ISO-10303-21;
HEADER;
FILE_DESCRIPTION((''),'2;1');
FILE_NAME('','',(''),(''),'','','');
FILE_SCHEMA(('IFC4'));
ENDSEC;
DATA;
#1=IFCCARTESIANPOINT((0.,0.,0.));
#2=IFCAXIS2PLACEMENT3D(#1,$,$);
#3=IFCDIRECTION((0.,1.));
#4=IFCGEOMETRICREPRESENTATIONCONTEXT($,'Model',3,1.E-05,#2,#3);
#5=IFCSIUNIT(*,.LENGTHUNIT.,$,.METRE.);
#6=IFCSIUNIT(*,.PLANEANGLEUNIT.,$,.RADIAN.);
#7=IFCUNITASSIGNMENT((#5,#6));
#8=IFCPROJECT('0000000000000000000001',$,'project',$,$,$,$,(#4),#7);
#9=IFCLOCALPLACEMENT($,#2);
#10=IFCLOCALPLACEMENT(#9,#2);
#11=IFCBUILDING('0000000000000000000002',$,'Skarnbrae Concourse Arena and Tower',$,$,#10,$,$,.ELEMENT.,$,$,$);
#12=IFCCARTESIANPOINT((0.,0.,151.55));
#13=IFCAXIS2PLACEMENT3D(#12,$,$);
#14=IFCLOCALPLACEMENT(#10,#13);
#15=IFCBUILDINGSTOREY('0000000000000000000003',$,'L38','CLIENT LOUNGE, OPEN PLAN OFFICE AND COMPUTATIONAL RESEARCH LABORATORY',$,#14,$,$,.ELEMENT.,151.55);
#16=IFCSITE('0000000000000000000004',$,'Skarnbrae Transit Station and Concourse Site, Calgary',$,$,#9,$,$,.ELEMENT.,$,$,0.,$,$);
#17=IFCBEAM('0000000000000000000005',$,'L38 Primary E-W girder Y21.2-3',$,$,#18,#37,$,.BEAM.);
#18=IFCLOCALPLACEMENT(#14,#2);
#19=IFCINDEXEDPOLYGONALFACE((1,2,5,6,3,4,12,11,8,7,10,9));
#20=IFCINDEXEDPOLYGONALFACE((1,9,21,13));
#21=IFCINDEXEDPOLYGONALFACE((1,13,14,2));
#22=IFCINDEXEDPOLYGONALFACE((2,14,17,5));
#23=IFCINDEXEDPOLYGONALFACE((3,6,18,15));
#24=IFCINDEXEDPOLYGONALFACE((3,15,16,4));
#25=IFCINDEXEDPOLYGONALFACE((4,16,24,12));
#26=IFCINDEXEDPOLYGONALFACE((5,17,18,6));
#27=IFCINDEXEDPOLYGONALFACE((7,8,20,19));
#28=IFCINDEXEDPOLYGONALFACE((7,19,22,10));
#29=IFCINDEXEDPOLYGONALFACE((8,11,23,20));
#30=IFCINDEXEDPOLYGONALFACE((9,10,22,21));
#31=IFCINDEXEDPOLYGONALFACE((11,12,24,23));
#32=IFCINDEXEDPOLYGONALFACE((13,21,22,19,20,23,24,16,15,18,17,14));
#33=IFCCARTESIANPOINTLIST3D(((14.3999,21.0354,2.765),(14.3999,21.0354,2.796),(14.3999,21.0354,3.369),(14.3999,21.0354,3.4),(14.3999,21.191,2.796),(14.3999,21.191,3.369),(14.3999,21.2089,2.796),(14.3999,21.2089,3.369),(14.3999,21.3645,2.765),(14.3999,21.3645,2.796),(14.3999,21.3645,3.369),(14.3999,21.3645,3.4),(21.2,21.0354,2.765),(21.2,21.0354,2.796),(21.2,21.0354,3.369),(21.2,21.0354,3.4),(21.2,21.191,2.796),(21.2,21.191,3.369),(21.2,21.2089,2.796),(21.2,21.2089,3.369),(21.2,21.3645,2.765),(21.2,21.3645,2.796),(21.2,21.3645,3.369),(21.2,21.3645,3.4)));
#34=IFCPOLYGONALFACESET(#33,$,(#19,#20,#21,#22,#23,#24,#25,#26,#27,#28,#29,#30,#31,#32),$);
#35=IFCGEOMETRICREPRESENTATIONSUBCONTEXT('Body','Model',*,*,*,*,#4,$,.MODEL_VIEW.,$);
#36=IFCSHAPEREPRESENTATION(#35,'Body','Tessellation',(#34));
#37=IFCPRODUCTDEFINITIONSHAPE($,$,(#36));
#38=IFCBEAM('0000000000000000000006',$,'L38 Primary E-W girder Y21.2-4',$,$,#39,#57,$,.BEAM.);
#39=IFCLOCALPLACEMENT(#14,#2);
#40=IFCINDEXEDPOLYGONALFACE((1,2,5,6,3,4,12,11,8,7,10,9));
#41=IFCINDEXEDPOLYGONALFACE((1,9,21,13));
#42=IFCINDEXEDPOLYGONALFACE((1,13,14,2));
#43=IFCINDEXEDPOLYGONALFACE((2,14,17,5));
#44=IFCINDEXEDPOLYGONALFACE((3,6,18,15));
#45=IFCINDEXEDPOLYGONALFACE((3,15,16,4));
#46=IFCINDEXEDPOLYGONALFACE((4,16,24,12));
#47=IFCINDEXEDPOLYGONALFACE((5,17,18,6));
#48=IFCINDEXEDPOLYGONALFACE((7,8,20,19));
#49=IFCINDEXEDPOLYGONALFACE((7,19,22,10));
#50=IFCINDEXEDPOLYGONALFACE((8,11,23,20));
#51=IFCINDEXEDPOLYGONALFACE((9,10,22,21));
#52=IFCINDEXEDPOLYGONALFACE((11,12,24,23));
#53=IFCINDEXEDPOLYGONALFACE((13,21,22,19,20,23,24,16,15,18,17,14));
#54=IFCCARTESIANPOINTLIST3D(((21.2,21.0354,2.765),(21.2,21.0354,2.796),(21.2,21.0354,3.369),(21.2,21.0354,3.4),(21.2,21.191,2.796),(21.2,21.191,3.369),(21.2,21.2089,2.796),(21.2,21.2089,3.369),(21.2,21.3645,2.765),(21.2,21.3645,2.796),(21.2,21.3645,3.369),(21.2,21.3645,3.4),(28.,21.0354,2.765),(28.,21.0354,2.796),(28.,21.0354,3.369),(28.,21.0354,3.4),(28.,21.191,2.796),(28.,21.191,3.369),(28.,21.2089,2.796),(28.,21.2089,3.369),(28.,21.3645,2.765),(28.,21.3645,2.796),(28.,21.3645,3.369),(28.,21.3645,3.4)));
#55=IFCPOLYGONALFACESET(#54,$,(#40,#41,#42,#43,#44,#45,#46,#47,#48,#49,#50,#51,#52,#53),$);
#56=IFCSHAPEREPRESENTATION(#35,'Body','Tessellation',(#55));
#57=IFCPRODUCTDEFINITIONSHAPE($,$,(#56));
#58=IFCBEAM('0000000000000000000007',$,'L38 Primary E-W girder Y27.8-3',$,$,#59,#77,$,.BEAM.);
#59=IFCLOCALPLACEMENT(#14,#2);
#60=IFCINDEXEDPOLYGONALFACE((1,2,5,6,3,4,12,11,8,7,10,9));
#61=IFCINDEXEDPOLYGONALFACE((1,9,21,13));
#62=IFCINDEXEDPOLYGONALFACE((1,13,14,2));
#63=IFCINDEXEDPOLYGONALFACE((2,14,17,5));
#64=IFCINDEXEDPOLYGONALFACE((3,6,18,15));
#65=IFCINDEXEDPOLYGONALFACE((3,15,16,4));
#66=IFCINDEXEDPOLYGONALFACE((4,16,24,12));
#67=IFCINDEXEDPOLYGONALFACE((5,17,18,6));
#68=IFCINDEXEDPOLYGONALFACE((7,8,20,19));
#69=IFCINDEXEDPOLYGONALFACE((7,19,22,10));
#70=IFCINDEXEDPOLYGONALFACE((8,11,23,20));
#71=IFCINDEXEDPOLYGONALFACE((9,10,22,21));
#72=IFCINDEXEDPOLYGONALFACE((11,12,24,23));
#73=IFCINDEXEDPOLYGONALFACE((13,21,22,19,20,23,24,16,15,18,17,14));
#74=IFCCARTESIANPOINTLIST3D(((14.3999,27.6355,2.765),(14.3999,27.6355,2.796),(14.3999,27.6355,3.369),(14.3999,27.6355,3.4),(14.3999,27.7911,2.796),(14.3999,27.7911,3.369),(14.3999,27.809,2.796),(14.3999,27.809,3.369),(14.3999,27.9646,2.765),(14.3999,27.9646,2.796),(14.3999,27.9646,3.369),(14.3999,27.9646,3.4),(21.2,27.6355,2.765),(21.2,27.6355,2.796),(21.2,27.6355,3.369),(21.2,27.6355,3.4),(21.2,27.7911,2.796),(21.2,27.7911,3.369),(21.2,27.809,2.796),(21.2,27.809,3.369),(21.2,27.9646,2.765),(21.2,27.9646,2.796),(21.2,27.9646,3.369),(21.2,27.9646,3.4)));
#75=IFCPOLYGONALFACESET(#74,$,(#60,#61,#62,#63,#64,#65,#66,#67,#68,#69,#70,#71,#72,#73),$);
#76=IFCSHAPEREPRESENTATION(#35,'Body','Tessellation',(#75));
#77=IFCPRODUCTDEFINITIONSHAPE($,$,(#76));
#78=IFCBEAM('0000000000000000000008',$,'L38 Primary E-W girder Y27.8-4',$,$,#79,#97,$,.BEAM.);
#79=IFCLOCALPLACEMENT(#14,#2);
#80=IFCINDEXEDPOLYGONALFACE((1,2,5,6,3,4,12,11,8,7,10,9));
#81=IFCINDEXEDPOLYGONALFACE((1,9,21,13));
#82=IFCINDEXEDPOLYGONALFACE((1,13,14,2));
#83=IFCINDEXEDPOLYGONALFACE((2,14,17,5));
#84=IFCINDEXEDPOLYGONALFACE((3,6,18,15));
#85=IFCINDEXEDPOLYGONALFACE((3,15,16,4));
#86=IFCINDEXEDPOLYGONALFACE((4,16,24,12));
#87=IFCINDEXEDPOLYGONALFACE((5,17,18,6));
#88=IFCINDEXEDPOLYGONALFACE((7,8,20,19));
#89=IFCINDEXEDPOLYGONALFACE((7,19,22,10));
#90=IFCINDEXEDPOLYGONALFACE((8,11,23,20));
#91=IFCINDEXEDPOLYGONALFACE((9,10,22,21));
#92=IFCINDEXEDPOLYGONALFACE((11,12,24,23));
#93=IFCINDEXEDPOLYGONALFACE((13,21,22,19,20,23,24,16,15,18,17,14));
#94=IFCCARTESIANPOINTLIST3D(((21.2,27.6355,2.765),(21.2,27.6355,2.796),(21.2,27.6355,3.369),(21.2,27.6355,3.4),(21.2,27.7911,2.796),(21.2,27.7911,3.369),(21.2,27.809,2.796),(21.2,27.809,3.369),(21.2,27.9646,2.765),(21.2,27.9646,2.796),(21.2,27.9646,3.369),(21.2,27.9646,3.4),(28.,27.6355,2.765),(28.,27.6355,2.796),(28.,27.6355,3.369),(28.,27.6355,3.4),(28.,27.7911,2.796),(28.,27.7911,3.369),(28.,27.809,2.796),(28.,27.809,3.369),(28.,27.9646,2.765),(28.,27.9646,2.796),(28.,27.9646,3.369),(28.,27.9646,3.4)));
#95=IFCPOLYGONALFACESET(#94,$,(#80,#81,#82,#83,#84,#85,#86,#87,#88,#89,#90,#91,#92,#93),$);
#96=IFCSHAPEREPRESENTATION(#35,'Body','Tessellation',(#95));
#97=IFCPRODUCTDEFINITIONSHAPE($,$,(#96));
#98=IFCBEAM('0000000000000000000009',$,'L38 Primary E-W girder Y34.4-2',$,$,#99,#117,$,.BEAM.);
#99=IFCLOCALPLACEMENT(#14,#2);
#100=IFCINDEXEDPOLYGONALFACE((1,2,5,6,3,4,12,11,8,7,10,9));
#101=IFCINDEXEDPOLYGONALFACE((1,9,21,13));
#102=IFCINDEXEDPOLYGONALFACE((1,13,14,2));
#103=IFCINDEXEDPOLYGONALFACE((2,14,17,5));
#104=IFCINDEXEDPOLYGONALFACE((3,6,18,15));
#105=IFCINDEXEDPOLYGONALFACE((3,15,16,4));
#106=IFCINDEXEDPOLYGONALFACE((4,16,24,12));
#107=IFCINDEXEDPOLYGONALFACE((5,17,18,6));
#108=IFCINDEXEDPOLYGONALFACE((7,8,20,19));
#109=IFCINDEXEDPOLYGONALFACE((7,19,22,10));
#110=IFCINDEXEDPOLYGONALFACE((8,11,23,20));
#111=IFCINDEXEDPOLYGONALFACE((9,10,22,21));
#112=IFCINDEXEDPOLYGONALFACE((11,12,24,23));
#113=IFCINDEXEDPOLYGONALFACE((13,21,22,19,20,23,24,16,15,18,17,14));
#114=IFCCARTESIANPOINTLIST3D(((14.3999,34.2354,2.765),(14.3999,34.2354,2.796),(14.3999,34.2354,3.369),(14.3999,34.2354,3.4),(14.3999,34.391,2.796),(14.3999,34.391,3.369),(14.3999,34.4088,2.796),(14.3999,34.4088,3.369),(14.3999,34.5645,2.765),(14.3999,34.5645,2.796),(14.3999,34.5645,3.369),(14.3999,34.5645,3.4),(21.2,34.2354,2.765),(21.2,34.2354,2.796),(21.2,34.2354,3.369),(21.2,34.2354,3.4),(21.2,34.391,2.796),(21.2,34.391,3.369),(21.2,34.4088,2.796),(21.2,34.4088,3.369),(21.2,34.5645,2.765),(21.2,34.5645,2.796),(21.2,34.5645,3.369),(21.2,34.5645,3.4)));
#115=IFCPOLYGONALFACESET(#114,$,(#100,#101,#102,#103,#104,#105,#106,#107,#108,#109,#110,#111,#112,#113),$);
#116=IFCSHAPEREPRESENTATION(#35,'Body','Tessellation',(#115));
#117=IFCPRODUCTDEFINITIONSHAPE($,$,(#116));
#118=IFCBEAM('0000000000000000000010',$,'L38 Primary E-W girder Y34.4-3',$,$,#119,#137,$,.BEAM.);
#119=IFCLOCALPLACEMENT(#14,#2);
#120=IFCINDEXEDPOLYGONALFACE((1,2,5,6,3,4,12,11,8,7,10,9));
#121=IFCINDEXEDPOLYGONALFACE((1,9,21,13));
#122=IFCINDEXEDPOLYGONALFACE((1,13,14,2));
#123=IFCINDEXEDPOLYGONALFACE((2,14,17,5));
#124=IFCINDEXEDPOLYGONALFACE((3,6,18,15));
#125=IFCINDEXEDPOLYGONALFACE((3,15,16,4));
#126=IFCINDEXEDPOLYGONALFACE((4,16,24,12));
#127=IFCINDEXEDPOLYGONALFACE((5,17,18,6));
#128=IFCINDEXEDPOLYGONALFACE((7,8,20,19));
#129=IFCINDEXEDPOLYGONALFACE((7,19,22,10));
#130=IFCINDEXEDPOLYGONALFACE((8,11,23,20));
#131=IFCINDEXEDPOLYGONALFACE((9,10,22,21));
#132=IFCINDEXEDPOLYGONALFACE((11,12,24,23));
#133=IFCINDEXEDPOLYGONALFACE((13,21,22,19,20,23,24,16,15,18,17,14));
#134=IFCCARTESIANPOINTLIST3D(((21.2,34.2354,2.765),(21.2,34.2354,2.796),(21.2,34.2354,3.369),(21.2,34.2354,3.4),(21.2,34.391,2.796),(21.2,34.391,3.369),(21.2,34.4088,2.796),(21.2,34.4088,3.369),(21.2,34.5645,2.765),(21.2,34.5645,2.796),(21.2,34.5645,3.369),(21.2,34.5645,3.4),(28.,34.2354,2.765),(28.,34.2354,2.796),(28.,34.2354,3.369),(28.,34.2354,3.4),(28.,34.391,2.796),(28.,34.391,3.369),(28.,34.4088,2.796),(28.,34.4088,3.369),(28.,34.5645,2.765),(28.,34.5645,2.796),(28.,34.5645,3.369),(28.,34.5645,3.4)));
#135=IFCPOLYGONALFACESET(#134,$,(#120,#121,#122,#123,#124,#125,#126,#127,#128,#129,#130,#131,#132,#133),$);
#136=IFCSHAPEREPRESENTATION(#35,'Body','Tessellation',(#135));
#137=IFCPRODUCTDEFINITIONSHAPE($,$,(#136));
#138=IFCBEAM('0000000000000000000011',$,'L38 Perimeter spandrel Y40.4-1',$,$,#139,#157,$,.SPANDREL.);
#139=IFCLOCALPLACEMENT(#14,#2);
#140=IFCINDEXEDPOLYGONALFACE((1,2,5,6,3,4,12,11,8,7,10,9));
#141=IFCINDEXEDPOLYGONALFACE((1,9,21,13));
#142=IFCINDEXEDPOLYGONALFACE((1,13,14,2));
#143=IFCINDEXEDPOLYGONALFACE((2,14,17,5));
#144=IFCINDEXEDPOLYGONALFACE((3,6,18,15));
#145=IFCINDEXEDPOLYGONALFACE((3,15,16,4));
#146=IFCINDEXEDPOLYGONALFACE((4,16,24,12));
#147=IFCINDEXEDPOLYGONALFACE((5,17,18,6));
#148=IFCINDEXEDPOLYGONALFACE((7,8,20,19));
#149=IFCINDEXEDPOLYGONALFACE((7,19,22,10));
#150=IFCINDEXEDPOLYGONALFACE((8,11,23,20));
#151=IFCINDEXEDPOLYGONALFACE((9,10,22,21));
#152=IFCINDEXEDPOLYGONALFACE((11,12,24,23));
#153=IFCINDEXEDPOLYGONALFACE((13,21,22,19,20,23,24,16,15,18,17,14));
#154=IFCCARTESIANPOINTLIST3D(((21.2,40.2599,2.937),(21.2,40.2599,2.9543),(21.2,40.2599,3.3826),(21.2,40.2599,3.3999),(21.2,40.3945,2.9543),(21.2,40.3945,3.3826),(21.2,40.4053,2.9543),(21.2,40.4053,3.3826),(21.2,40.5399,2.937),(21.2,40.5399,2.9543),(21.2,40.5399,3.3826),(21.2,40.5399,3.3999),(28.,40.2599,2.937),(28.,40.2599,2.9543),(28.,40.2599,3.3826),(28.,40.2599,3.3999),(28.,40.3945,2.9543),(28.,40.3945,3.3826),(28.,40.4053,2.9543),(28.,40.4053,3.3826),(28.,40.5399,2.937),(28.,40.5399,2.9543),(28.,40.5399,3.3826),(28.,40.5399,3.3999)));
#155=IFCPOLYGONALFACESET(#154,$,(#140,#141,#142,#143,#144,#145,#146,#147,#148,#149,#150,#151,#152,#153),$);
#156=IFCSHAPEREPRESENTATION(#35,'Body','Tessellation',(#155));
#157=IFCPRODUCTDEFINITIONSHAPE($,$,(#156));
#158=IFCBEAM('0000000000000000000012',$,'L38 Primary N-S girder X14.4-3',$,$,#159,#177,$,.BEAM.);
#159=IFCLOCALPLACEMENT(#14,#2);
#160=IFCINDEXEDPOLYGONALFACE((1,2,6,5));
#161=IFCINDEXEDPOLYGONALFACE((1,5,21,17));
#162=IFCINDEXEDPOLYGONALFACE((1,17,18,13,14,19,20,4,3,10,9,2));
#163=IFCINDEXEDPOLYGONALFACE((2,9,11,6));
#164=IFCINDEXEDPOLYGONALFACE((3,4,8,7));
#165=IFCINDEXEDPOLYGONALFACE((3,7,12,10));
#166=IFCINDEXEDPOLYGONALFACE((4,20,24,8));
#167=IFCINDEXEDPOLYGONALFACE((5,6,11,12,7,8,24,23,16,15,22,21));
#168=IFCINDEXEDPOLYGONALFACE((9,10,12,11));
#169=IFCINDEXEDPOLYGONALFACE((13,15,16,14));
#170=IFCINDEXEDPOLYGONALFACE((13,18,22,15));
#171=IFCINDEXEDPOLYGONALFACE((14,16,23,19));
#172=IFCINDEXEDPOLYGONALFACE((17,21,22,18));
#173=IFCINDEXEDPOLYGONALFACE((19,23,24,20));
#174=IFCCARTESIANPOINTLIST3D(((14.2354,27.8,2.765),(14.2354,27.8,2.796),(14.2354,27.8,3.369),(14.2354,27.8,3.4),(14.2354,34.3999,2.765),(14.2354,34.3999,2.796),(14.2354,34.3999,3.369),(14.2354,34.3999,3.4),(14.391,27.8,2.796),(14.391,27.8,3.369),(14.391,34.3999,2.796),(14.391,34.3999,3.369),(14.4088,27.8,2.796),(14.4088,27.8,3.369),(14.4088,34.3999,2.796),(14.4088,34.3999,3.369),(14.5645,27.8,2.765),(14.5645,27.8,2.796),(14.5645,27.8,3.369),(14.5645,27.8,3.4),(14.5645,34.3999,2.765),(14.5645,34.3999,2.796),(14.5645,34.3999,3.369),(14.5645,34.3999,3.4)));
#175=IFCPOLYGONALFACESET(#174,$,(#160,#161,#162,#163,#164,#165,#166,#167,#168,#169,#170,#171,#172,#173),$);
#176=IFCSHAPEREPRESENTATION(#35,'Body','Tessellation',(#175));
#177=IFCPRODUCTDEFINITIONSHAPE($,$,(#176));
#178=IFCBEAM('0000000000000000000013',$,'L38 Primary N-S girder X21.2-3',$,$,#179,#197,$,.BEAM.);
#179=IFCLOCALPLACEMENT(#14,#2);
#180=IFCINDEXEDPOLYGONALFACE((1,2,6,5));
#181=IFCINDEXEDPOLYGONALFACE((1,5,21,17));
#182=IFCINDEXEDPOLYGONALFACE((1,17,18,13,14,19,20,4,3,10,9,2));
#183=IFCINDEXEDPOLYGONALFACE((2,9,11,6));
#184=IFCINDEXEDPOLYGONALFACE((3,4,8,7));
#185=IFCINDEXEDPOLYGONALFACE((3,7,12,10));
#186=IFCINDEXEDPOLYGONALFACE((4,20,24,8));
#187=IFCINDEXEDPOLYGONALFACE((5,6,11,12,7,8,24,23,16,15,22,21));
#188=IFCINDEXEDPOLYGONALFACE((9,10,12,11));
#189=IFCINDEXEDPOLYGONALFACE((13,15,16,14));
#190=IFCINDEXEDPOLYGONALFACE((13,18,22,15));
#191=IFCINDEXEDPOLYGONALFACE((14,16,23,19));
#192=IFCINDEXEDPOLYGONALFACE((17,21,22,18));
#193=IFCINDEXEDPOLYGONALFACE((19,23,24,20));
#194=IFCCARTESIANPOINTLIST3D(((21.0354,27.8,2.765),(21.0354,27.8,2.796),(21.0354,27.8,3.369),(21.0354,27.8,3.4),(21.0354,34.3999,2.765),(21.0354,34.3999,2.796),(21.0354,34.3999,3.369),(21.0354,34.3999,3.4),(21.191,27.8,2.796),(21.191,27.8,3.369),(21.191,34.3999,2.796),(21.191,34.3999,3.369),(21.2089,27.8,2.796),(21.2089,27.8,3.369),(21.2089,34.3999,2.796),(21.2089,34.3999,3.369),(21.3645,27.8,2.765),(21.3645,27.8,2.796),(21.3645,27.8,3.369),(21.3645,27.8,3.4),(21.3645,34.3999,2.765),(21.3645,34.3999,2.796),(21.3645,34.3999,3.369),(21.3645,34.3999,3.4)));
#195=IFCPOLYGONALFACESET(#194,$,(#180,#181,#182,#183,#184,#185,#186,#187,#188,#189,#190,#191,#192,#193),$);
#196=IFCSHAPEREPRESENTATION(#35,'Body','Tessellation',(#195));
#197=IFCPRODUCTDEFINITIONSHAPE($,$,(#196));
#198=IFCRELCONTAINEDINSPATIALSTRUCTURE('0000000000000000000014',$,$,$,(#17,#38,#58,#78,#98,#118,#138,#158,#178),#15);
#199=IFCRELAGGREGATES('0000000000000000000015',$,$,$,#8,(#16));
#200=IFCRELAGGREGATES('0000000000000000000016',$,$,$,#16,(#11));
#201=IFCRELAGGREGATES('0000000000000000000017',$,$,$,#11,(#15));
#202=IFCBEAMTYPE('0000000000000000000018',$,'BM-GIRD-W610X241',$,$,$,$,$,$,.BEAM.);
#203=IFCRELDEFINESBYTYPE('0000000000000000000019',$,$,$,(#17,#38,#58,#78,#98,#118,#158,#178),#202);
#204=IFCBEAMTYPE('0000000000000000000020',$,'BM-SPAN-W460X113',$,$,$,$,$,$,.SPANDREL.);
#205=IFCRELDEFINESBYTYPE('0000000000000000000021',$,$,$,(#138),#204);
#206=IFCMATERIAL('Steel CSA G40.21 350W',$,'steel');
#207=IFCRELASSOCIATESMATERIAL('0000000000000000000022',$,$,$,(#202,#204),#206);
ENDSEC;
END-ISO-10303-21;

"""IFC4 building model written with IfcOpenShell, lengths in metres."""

from ifc_helpers import new_model, si_unit, direction, frame, origin, origin_2d, place, context, subcontext, project, spatial, i_section, extrude, source, transform, mapped, material, material_profile, profile_set, type_object, element, save


model = new_model("IFC4")

# Units and contexts
model_context = context("Model", 3, precision=1e-05, world=origin(), true_north=direction((0.0, 1.0)))
body_context = subcontext(model_context, "Body", "Model", "MODEL_VIEW")
ifc_project = project(units=[si_unit("LENGTHUNIT", "METRE"), si_unit("PLANEANGLEUNIT", "RADIAN")], contexts=[model_context])

# Site, building, storey
site_placement = place(None, origin())
site = spatial("IfcSite", under=ifc_project, at=site_placement, Name="Skarnbrae Transit Station and Concourse Site, Calgary", CompositionType="ELEMENT", RefElevation=0.0)
building_placement = place(site_placement, origin())
building = spatial("IfcBuilding", under=site, at=building_placement, Name="Skarnbrae Concourse Arena and Tower", CompositionType="ELEMENT")
storey_placement = place(building_placement, frame((0.0, 0.0, 151.55)))
storey = spatial("IfcBuildingStorey", under=building, at=storey_placement, Name="L38", Description="CLIENT LOUNGE, OPEN PLAN OFFICE AND COMPUTATIONAL RESEARCH LABORATORY", CompositionType="ELEMENT", Elevation=151.55)

# Shared definitions
ifc_material_1 = material(Name="Steel CSA G40.21 350W", Category="steel")

# Beams
ifc_material_profile_1 = material_profile(ifc_material_1, i_section(OverallWidth=0.3291, OverallDepth=0.635, WebThickness=0.0178, FlangeThickness=0.031, at=origin_2d()), Name="W610X241")
ifc_profile_set_1 = profile_set([ifc_material_profile_1], Name="Steel CSA G40.21 350W")
beam_type_1 = type_object("IfcBeamType", Name="BM-GIRD-W610X241", PredefinedType="BEAM", material=ifc_profile_set_1)
shared_shape_1 = source(origin(), body_context, "Body", "SweptSolid", [
    extrude(i_section(OverallWidth=0.3291, OverallDepth=0.635, WebThickness=0.0178, FlangeThickness=0.031, at=origin_2d()), origin(), (0.0, 0.0, 1.0), 6.8),
])
for number, where, z_axis, x_axis, name in (
    (1, (14.3999, 21.2, 3.0825), (1.0, 0.0, 0.0), (0.0, 1.0, 0.0), "L38 Primary E-W girder Y21.2-3"),
    (2, (21.2, 21.2, 3.0825), (1.0, 0.0, 0.0), (0.0, 1.0, 0.0), "L38 Primary E-W girder Y21.2-4"),
    (3, (14.3999, 27.8, 3.0825), (1.0, 0.0, 0.0), (0.0, 1.0, 0.0), "L38 Primary E-W girder Y27.8-3"),
    (4, (21.2, 27.8, 3.0825), (1.0, 0.0, 0.0), (0.0, 1.0, 0.0), "L38 Primary E-W girder Y27.8-4"),
    (5, (14.3999, 34.3999, 3.0825), (1.0, 0.0, 0.0), (0.0, 1.0, 0.0), "L38 Primary E-W girder Y34.4-2"),
    (6, (21.2, 34.3999, 3.0825), (1.0, 0.0, 0.0), (0.0, 1.0, 0.0), "L38 Primary E-W girder Y34.4-3"),
):
    element("IfcBeam", number, at=place(storey_placement, frame(where, z_axis=z_axis, x_axis=x_axis)), inside=storey, type_object=beam_type_1, Name=name, PredefinedType="BEAM", context=body_context, shape_type="MappedRepresentation", body=[
        mapped(shared_shape_1, transform((0.0, 0.0, 0.0))),
    ])
ifc_material_profile_2 = material_profile(ifc_material_1, i_section(OverallWidth=0.28, OverallDepth=0.4629, WebThickness=0.0107, FlangeThickness=0.0173, at=origin_2d()), Name="W460X113")
ifc_profile_set_2 = profile_set([ifc_material_profile_2], Name="Steel CSA G40.21 350W")
beam_type_2 = type_object("IfcBeamType", Name="BM-SPAN-W460X113", PredefinedType="SPANDREL", material=ifc_profile_set_2)
shared_shape_2 = source(origin(), body_context, "Body", "SweptSolid", [
    extrude(i_section(OverallWidth=0.28, OverallDepth=0.4629, WebThickness=0.0107, FlangeThickness=0.0173, at=origin_2d()), origin(), (0.0, 0.0, 1.0), 6.8),
])
beam_1_placement = place(storey_placement, frame((21.2, 40.3999, 3.1685), z_axis=(1.0, 0.0, 0.0), x_axis=(0.0, 1.0, 0.0)))
element("IfcBeam", 7, at=beam_1_placement, inside=storey, type_object=beam_type_2, Name="L38 Perimeter spandrel Y40.4-1", PredefinedType="SPANDREL", context=body_context, shape_type="MappedRepresentation", body=[
    mapped(shared_shape_2, transform((0.0, 0.0, 0.0))),
])
shared_shape_3 = source(origin(), body_context, "Body", "SweptSolid", [
    extrude(i_section(OverallWidth=0.3291, OverallDepth=0.635, WebThickness=0.0178, FlangeThickness=0.031, at=origin_2d()), origin(), (0.0, 0.0, 1.0), 6.5999),
])
for number, where, z_axis, x_axis, name in (
    (8, (14.3999, 27.8, 3.0825), (0.0, 1.0, 0.0), (-1.0, 0.0, 0.0), "L38 Primary N-S girder X14.4-3"),
    (9, (21.2, 27.8, 3.0825), (0.0, 1.0, 0.0), (-1.0, 0.0, 0.0), "L38 Primary N-S girder X21.2-3"),
):
    element("IfcBeam", number, at=place(storey_placement, frame(where, z_axis=z_axis, x_axis=x_axis)), inside=storey, type_object=beam_type_1, Name=name, PredefinedType="BEAM", context=body_context, shape_type="MappedRepresentation", body=[
        mapped(shared_shape_3, transform((0.0, 0.0, 0.0))),
    ])

save(model, "model.ifc")
